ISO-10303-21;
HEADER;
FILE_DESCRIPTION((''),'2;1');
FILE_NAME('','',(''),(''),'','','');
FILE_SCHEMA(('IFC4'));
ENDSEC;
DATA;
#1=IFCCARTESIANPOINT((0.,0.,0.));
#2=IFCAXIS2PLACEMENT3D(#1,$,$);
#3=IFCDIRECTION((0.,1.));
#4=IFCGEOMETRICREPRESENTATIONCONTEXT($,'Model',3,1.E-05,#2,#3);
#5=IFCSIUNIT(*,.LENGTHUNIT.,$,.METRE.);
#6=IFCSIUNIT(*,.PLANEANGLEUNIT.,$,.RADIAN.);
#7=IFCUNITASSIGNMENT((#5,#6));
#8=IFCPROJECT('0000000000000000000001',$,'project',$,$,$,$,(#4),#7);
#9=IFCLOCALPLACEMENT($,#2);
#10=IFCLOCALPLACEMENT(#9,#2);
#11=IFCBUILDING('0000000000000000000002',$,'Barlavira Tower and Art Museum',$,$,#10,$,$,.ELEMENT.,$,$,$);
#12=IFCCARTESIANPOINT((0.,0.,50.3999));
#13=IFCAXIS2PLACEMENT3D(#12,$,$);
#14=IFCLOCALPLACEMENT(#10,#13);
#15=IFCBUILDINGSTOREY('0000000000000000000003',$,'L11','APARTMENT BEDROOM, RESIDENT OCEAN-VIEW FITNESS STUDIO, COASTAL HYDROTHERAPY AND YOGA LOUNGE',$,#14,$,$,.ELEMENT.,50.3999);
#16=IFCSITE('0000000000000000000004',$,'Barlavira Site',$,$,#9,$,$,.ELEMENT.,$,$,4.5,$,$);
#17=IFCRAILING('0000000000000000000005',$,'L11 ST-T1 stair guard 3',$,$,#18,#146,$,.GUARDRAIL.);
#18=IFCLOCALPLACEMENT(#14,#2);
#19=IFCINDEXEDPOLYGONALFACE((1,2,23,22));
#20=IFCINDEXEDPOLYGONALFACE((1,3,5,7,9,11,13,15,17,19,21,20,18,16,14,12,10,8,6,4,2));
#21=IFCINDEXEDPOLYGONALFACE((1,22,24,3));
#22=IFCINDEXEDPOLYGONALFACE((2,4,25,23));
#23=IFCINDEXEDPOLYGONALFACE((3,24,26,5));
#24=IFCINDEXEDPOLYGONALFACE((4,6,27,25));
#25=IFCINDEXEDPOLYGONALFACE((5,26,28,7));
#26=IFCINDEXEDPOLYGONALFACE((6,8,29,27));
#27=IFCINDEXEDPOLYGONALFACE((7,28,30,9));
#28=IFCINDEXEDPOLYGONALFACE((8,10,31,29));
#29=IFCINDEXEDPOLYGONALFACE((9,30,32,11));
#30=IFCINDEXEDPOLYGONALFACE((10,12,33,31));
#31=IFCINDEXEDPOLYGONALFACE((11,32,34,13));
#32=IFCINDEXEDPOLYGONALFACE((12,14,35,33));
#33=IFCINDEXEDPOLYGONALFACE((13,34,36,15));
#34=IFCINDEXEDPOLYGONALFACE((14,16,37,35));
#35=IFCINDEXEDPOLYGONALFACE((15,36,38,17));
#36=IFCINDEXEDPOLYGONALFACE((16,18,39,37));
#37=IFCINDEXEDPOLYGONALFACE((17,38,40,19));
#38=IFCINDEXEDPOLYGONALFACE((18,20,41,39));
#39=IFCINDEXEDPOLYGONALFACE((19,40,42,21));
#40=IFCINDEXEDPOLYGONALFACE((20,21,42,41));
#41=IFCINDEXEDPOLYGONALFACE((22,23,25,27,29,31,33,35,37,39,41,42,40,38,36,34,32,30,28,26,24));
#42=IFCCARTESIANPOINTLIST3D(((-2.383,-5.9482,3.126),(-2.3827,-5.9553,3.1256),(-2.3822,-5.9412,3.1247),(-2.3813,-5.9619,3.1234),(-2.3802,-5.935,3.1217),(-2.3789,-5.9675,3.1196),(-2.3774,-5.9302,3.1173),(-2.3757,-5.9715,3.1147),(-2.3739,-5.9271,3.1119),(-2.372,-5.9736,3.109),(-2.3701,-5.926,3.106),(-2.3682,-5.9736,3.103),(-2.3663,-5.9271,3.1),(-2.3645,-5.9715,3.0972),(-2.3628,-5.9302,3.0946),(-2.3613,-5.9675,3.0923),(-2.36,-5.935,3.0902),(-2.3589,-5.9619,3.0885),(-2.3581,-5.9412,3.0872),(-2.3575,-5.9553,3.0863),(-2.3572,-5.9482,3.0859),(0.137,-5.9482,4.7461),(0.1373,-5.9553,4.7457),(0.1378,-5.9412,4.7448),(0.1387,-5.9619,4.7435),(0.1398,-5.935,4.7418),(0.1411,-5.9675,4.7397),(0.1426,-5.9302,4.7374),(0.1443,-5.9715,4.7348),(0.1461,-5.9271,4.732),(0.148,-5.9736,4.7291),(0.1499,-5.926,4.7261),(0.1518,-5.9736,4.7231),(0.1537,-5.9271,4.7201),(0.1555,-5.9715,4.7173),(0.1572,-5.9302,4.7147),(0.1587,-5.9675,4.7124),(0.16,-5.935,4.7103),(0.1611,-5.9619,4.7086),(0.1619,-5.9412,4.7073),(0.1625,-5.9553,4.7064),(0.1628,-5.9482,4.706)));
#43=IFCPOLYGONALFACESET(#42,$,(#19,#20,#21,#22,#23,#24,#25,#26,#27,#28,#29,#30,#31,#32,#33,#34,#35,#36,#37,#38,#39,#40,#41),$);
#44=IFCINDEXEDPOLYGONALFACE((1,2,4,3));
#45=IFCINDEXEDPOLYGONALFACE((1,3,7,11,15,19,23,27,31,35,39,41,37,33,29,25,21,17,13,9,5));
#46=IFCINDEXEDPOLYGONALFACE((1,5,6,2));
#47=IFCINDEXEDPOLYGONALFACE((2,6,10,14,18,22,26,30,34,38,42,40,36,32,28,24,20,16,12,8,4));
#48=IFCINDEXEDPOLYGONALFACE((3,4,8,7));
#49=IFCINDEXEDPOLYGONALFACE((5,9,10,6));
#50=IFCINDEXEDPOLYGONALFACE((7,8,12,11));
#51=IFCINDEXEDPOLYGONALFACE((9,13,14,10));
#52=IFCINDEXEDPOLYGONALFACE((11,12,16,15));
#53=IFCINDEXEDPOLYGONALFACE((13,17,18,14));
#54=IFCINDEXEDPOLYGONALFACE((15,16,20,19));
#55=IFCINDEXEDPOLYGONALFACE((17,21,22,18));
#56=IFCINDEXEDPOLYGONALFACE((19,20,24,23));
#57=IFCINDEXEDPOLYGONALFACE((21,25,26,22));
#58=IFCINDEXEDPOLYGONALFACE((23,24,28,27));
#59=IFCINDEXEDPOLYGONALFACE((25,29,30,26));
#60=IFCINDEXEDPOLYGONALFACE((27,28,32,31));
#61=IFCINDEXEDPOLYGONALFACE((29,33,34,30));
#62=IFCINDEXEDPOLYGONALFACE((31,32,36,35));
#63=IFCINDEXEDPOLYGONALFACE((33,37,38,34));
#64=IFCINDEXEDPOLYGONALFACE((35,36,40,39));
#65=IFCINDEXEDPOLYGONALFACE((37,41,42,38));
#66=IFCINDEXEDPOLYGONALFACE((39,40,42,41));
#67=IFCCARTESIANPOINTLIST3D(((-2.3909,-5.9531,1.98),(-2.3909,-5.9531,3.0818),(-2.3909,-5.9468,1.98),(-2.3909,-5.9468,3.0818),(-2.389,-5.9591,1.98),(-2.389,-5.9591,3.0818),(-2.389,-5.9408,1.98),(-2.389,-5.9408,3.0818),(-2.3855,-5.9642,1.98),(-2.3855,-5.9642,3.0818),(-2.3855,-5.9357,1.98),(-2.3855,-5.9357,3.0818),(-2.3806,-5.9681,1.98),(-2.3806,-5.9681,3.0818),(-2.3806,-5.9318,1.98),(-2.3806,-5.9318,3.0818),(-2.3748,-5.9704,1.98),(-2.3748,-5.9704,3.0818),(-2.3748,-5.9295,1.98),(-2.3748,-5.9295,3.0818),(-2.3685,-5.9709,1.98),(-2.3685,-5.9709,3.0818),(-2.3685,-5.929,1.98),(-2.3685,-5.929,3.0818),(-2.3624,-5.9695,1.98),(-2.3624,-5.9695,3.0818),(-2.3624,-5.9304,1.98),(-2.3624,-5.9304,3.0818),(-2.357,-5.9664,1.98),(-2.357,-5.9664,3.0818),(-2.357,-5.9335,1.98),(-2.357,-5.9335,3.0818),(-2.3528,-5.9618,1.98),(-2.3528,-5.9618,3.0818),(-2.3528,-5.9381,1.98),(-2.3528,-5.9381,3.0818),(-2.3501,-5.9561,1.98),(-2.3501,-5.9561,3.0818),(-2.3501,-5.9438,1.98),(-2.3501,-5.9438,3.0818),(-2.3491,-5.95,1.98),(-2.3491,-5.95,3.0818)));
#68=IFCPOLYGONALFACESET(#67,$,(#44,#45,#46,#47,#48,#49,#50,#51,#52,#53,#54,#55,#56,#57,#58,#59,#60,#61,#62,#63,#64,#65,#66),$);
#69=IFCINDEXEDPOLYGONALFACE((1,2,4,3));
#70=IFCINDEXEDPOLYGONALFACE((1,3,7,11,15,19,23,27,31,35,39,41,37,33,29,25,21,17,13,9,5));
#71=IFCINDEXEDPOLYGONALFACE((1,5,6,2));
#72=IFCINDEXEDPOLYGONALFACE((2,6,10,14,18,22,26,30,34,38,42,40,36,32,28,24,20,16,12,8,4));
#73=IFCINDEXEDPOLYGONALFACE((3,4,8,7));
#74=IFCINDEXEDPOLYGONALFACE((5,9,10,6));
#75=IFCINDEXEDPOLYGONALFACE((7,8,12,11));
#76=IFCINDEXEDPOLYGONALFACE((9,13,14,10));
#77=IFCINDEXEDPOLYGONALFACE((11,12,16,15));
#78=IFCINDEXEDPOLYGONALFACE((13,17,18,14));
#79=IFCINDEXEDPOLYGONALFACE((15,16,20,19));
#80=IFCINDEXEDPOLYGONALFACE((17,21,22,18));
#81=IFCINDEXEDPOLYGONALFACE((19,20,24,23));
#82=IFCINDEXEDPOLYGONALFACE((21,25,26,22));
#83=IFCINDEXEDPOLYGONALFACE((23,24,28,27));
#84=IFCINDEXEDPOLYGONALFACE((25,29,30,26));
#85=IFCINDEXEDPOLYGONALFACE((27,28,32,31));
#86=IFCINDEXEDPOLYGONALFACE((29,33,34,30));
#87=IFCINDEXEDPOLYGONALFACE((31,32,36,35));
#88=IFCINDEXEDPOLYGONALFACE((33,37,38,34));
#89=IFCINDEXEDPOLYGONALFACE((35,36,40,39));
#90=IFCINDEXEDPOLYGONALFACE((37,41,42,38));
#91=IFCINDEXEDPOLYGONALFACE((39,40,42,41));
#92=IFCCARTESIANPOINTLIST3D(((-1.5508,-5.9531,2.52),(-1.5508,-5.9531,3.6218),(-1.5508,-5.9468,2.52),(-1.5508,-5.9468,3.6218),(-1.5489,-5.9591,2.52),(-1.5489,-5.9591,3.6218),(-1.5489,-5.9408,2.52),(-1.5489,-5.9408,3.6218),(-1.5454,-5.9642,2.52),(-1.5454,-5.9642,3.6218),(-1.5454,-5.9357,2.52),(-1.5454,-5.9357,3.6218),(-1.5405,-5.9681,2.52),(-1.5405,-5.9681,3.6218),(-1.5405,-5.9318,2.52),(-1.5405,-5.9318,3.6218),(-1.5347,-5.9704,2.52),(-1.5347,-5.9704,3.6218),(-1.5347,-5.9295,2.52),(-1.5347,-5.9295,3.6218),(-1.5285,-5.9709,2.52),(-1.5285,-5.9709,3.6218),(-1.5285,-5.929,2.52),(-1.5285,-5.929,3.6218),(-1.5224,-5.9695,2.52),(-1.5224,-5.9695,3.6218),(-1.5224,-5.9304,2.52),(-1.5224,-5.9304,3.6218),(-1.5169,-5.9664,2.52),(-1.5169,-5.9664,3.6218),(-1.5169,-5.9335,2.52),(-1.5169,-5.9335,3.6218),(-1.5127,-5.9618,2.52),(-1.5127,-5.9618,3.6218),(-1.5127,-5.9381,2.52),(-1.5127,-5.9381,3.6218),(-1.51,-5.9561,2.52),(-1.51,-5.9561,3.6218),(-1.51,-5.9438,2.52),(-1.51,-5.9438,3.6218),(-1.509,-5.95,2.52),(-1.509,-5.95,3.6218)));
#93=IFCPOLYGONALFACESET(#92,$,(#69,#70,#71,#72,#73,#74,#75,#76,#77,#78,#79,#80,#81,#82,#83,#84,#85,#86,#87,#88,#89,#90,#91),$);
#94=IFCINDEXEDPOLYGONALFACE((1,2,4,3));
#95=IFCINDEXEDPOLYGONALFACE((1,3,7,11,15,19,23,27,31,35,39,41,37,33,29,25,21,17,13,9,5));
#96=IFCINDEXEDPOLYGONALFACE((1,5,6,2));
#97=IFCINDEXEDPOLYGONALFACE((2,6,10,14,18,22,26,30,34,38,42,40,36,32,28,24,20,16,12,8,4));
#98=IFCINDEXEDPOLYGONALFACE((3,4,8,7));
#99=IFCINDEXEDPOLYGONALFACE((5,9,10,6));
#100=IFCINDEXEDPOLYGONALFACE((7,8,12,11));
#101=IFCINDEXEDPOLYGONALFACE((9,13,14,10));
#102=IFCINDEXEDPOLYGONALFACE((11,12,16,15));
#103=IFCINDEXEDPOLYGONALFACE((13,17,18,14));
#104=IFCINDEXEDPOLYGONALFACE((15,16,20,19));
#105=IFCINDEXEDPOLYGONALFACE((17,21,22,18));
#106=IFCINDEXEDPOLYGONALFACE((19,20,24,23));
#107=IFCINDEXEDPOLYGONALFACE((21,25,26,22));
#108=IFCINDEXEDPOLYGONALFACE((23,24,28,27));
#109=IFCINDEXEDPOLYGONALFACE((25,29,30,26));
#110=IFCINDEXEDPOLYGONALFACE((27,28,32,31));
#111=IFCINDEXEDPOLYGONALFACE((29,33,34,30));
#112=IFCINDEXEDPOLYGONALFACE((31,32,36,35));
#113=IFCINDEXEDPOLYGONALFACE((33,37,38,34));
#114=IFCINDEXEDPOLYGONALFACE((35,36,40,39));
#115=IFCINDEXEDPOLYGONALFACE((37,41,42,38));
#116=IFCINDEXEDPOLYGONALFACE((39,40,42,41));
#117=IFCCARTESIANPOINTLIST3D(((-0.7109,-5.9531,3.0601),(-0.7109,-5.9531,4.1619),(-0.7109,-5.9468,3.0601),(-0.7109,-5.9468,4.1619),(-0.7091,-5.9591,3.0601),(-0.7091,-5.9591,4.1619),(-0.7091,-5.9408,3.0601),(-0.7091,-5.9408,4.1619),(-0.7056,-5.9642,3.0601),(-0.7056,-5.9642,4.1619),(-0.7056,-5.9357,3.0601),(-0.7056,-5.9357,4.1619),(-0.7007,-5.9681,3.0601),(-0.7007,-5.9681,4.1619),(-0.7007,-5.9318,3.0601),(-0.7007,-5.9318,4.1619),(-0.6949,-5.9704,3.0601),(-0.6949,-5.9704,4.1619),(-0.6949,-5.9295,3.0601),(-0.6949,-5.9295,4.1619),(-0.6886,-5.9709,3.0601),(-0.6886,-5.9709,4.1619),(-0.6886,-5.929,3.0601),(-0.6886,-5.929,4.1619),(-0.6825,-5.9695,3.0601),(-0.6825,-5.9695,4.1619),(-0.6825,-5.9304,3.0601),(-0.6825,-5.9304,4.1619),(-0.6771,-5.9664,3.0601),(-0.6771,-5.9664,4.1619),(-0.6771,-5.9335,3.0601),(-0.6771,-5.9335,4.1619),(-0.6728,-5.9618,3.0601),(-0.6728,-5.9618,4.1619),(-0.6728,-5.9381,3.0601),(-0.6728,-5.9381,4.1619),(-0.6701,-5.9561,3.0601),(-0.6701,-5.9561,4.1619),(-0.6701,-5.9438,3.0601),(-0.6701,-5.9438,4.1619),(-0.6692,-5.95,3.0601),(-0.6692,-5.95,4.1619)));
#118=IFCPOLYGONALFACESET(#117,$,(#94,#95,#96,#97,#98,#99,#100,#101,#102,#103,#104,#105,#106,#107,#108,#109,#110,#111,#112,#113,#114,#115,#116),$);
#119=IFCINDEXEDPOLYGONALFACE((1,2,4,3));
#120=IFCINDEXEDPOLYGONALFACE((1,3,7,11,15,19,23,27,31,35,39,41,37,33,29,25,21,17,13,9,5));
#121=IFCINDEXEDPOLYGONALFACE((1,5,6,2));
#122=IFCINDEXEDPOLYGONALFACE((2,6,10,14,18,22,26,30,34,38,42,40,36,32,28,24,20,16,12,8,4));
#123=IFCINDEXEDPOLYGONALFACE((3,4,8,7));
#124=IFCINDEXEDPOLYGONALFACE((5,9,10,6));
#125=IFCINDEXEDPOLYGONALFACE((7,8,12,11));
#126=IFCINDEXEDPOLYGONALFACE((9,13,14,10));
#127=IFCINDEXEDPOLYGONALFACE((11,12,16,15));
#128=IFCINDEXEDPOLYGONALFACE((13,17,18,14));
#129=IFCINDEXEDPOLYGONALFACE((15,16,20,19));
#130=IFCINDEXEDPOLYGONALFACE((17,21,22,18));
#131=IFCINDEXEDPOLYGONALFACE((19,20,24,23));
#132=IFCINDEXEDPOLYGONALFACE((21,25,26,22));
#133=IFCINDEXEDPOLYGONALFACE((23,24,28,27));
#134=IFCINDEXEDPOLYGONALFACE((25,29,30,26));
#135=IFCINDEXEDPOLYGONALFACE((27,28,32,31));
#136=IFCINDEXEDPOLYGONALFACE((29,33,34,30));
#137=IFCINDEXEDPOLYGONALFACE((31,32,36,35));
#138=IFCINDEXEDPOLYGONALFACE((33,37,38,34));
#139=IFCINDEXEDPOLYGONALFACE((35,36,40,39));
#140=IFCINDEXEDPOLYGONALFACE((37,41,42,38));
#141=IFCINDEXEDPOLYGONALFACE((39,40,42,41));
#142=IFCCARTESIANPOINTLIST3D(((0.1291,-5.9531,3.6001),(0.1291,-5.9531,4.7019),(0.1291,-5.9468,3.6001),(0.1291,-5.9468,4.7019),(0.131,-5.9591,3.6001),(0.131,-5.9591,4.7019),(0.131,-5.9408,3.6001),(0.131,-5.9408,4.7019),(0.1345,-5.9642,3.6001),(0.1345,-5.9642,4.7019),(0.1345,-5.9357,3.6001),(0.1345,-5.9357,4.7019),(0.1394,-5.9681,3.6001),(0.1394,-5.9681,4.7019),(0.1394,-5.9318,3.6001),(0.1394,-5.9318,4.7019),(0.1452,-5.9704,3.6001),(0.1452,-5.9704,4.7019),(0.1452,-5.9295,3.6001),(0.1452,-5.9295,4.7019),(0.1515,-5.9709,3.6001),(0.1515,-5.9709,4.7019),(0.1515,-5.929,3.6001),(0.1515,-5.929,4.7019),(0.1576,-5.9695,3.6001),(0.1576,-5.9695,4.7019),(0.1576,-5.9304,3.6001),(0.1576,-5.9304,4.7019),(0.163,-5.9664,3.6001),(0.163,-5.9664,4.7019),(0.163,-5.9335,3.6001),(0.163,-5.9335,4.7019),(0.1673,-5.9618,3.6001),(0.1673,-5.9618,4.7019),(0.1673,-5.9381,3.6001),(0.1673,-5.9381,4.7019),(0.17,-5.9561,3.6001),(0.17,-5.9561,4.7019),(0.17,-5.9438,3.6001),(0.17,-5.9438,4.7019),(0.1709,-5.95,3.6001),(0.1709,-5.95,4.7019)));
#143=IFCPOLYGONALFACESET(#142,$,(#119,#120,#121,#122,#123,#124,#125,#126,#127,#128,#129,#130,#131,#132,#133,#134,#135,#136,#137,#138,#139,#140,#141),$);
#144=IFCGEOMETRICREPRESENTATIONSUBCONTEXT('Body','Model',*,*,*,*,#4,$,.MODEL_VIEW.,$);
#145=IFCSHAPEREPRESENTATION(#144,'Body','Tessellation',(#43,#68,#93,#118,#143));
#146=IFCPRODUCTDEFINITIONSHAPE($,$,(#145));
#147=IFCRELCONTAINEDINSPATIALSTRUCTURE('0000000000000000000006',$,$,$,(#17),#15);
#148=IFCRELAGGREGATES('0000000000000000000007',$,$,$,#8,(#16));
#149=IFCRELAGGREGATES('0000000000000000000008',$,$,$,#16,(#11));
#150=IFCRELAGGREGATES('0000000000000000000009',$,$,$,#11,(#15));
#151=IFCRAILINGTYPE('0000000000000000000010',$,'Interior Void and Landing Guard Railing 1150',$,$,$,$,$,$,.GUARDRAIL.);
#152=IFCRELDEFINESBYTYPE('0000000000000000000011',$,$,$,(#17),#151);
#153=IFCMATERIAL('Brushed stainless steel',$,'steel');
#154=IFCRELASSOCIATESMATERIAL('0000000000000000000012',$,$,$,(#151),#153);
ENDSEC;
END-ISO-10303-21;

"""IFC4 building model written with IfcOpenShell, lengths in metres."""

from ifc_helpers import new_model, si_unit, direction, frame, origin, origin_2d, place, context, subcontext, project, spatial, circle, extrude, material, type_object, element, save


model = new_model("IFC4")

# Units and contexts
model_context = context("Model", 3, precision=1e-05, world=origin(), true_north=direction((0.0, 1.0)))
body_context = subcontext(model_context, "Body", "Model", "MODEL_VIEW")
ifc_project = project(units=[si_unit("LENGTHUNIT", "METRE"), si_unit("PLANEANGLEUNIT", "RADIAN")], contexts=[model_context])

# Site, building, storey
site_placement = place(None, origin())
site = spatial("IfcSite", under=ifc_project, at=site_placement, Name="Barlavira Site", CompositionType="ELEMENT", RefElevation=4.5)
building_placement = place(site_placement, origin())
building = spatial("IfcBuilding", under=site, at=building_placement, Name="Barlavira Tower and Art Museum", CompositionType="ELEMENT")
storey_placement = place(building_placement, frame((0.0, 0.0, 50.3999)))
storey = spatial("IfcBuildingStorey", under=building, at=storey_placement, Name="L11", Description="APARTMENT BEDROOM, RESIDENT OCEAN-VIEW FITNESS STUDIO, COASTAL HYDROTHERAPY AND YOGA LOUNGE", CompositionType="ELEMENT", Elevation=50.3999)

# Shared definitions
ifc_material_1 = material(Name="Brushed stainless steel", Category="steel")

# Railing
railing_type_1 = type_object("IfcRailingType", Name="Interior Void and Landing Guard Railing 1150", PredefinedType="GUARDRAIL", material=ifc_material_1)
railing_1_placement = place(storey_placement, frame((-2.3701, -5.95, 1.98)))
element("IfcRailing", 1, at=railing_1_placement, inside=storey, type_object=railing_type_1, Name="L11 ST-T1 stair guard 3", PredefinedType="GUARDRAIL", context=body_context, shape_type="SweptSolid", body=[
    extrude(circle(Radius=0.0239, at=origin_2d()), frame((0.0, 0.0, 1.126), z_axis=(0.841163, 0.0, 0.540782), x_axis=(0.0, 1.0, 0.0)), (0.0, 0.0, 1.0), 2.9958),
    extrude(circle(Radius=0.021, at=origin_2d()), origin(), (0.0, 0.0, 1.0), 1.1018),
    extrude(circle(Radius=0.021, at=origin_2d()), frame((0.8401, 0.0, 0.54)), (0.0, 0.0, 1.0), 1.1018),
    extrude(circle(Radius=0.021, at=origin_2d()), frame((1.6799, 0.0, 1.0801)), (0.0, 0.0, 1.0), 1.1018),
    extrude(circle(Radius=0.021, at=origin_2d()), frame((2.52, 0.0, 1.6201)), (0.0, 0.0, 1.0), 1.1018),
])

save(model, "model.ifc")
